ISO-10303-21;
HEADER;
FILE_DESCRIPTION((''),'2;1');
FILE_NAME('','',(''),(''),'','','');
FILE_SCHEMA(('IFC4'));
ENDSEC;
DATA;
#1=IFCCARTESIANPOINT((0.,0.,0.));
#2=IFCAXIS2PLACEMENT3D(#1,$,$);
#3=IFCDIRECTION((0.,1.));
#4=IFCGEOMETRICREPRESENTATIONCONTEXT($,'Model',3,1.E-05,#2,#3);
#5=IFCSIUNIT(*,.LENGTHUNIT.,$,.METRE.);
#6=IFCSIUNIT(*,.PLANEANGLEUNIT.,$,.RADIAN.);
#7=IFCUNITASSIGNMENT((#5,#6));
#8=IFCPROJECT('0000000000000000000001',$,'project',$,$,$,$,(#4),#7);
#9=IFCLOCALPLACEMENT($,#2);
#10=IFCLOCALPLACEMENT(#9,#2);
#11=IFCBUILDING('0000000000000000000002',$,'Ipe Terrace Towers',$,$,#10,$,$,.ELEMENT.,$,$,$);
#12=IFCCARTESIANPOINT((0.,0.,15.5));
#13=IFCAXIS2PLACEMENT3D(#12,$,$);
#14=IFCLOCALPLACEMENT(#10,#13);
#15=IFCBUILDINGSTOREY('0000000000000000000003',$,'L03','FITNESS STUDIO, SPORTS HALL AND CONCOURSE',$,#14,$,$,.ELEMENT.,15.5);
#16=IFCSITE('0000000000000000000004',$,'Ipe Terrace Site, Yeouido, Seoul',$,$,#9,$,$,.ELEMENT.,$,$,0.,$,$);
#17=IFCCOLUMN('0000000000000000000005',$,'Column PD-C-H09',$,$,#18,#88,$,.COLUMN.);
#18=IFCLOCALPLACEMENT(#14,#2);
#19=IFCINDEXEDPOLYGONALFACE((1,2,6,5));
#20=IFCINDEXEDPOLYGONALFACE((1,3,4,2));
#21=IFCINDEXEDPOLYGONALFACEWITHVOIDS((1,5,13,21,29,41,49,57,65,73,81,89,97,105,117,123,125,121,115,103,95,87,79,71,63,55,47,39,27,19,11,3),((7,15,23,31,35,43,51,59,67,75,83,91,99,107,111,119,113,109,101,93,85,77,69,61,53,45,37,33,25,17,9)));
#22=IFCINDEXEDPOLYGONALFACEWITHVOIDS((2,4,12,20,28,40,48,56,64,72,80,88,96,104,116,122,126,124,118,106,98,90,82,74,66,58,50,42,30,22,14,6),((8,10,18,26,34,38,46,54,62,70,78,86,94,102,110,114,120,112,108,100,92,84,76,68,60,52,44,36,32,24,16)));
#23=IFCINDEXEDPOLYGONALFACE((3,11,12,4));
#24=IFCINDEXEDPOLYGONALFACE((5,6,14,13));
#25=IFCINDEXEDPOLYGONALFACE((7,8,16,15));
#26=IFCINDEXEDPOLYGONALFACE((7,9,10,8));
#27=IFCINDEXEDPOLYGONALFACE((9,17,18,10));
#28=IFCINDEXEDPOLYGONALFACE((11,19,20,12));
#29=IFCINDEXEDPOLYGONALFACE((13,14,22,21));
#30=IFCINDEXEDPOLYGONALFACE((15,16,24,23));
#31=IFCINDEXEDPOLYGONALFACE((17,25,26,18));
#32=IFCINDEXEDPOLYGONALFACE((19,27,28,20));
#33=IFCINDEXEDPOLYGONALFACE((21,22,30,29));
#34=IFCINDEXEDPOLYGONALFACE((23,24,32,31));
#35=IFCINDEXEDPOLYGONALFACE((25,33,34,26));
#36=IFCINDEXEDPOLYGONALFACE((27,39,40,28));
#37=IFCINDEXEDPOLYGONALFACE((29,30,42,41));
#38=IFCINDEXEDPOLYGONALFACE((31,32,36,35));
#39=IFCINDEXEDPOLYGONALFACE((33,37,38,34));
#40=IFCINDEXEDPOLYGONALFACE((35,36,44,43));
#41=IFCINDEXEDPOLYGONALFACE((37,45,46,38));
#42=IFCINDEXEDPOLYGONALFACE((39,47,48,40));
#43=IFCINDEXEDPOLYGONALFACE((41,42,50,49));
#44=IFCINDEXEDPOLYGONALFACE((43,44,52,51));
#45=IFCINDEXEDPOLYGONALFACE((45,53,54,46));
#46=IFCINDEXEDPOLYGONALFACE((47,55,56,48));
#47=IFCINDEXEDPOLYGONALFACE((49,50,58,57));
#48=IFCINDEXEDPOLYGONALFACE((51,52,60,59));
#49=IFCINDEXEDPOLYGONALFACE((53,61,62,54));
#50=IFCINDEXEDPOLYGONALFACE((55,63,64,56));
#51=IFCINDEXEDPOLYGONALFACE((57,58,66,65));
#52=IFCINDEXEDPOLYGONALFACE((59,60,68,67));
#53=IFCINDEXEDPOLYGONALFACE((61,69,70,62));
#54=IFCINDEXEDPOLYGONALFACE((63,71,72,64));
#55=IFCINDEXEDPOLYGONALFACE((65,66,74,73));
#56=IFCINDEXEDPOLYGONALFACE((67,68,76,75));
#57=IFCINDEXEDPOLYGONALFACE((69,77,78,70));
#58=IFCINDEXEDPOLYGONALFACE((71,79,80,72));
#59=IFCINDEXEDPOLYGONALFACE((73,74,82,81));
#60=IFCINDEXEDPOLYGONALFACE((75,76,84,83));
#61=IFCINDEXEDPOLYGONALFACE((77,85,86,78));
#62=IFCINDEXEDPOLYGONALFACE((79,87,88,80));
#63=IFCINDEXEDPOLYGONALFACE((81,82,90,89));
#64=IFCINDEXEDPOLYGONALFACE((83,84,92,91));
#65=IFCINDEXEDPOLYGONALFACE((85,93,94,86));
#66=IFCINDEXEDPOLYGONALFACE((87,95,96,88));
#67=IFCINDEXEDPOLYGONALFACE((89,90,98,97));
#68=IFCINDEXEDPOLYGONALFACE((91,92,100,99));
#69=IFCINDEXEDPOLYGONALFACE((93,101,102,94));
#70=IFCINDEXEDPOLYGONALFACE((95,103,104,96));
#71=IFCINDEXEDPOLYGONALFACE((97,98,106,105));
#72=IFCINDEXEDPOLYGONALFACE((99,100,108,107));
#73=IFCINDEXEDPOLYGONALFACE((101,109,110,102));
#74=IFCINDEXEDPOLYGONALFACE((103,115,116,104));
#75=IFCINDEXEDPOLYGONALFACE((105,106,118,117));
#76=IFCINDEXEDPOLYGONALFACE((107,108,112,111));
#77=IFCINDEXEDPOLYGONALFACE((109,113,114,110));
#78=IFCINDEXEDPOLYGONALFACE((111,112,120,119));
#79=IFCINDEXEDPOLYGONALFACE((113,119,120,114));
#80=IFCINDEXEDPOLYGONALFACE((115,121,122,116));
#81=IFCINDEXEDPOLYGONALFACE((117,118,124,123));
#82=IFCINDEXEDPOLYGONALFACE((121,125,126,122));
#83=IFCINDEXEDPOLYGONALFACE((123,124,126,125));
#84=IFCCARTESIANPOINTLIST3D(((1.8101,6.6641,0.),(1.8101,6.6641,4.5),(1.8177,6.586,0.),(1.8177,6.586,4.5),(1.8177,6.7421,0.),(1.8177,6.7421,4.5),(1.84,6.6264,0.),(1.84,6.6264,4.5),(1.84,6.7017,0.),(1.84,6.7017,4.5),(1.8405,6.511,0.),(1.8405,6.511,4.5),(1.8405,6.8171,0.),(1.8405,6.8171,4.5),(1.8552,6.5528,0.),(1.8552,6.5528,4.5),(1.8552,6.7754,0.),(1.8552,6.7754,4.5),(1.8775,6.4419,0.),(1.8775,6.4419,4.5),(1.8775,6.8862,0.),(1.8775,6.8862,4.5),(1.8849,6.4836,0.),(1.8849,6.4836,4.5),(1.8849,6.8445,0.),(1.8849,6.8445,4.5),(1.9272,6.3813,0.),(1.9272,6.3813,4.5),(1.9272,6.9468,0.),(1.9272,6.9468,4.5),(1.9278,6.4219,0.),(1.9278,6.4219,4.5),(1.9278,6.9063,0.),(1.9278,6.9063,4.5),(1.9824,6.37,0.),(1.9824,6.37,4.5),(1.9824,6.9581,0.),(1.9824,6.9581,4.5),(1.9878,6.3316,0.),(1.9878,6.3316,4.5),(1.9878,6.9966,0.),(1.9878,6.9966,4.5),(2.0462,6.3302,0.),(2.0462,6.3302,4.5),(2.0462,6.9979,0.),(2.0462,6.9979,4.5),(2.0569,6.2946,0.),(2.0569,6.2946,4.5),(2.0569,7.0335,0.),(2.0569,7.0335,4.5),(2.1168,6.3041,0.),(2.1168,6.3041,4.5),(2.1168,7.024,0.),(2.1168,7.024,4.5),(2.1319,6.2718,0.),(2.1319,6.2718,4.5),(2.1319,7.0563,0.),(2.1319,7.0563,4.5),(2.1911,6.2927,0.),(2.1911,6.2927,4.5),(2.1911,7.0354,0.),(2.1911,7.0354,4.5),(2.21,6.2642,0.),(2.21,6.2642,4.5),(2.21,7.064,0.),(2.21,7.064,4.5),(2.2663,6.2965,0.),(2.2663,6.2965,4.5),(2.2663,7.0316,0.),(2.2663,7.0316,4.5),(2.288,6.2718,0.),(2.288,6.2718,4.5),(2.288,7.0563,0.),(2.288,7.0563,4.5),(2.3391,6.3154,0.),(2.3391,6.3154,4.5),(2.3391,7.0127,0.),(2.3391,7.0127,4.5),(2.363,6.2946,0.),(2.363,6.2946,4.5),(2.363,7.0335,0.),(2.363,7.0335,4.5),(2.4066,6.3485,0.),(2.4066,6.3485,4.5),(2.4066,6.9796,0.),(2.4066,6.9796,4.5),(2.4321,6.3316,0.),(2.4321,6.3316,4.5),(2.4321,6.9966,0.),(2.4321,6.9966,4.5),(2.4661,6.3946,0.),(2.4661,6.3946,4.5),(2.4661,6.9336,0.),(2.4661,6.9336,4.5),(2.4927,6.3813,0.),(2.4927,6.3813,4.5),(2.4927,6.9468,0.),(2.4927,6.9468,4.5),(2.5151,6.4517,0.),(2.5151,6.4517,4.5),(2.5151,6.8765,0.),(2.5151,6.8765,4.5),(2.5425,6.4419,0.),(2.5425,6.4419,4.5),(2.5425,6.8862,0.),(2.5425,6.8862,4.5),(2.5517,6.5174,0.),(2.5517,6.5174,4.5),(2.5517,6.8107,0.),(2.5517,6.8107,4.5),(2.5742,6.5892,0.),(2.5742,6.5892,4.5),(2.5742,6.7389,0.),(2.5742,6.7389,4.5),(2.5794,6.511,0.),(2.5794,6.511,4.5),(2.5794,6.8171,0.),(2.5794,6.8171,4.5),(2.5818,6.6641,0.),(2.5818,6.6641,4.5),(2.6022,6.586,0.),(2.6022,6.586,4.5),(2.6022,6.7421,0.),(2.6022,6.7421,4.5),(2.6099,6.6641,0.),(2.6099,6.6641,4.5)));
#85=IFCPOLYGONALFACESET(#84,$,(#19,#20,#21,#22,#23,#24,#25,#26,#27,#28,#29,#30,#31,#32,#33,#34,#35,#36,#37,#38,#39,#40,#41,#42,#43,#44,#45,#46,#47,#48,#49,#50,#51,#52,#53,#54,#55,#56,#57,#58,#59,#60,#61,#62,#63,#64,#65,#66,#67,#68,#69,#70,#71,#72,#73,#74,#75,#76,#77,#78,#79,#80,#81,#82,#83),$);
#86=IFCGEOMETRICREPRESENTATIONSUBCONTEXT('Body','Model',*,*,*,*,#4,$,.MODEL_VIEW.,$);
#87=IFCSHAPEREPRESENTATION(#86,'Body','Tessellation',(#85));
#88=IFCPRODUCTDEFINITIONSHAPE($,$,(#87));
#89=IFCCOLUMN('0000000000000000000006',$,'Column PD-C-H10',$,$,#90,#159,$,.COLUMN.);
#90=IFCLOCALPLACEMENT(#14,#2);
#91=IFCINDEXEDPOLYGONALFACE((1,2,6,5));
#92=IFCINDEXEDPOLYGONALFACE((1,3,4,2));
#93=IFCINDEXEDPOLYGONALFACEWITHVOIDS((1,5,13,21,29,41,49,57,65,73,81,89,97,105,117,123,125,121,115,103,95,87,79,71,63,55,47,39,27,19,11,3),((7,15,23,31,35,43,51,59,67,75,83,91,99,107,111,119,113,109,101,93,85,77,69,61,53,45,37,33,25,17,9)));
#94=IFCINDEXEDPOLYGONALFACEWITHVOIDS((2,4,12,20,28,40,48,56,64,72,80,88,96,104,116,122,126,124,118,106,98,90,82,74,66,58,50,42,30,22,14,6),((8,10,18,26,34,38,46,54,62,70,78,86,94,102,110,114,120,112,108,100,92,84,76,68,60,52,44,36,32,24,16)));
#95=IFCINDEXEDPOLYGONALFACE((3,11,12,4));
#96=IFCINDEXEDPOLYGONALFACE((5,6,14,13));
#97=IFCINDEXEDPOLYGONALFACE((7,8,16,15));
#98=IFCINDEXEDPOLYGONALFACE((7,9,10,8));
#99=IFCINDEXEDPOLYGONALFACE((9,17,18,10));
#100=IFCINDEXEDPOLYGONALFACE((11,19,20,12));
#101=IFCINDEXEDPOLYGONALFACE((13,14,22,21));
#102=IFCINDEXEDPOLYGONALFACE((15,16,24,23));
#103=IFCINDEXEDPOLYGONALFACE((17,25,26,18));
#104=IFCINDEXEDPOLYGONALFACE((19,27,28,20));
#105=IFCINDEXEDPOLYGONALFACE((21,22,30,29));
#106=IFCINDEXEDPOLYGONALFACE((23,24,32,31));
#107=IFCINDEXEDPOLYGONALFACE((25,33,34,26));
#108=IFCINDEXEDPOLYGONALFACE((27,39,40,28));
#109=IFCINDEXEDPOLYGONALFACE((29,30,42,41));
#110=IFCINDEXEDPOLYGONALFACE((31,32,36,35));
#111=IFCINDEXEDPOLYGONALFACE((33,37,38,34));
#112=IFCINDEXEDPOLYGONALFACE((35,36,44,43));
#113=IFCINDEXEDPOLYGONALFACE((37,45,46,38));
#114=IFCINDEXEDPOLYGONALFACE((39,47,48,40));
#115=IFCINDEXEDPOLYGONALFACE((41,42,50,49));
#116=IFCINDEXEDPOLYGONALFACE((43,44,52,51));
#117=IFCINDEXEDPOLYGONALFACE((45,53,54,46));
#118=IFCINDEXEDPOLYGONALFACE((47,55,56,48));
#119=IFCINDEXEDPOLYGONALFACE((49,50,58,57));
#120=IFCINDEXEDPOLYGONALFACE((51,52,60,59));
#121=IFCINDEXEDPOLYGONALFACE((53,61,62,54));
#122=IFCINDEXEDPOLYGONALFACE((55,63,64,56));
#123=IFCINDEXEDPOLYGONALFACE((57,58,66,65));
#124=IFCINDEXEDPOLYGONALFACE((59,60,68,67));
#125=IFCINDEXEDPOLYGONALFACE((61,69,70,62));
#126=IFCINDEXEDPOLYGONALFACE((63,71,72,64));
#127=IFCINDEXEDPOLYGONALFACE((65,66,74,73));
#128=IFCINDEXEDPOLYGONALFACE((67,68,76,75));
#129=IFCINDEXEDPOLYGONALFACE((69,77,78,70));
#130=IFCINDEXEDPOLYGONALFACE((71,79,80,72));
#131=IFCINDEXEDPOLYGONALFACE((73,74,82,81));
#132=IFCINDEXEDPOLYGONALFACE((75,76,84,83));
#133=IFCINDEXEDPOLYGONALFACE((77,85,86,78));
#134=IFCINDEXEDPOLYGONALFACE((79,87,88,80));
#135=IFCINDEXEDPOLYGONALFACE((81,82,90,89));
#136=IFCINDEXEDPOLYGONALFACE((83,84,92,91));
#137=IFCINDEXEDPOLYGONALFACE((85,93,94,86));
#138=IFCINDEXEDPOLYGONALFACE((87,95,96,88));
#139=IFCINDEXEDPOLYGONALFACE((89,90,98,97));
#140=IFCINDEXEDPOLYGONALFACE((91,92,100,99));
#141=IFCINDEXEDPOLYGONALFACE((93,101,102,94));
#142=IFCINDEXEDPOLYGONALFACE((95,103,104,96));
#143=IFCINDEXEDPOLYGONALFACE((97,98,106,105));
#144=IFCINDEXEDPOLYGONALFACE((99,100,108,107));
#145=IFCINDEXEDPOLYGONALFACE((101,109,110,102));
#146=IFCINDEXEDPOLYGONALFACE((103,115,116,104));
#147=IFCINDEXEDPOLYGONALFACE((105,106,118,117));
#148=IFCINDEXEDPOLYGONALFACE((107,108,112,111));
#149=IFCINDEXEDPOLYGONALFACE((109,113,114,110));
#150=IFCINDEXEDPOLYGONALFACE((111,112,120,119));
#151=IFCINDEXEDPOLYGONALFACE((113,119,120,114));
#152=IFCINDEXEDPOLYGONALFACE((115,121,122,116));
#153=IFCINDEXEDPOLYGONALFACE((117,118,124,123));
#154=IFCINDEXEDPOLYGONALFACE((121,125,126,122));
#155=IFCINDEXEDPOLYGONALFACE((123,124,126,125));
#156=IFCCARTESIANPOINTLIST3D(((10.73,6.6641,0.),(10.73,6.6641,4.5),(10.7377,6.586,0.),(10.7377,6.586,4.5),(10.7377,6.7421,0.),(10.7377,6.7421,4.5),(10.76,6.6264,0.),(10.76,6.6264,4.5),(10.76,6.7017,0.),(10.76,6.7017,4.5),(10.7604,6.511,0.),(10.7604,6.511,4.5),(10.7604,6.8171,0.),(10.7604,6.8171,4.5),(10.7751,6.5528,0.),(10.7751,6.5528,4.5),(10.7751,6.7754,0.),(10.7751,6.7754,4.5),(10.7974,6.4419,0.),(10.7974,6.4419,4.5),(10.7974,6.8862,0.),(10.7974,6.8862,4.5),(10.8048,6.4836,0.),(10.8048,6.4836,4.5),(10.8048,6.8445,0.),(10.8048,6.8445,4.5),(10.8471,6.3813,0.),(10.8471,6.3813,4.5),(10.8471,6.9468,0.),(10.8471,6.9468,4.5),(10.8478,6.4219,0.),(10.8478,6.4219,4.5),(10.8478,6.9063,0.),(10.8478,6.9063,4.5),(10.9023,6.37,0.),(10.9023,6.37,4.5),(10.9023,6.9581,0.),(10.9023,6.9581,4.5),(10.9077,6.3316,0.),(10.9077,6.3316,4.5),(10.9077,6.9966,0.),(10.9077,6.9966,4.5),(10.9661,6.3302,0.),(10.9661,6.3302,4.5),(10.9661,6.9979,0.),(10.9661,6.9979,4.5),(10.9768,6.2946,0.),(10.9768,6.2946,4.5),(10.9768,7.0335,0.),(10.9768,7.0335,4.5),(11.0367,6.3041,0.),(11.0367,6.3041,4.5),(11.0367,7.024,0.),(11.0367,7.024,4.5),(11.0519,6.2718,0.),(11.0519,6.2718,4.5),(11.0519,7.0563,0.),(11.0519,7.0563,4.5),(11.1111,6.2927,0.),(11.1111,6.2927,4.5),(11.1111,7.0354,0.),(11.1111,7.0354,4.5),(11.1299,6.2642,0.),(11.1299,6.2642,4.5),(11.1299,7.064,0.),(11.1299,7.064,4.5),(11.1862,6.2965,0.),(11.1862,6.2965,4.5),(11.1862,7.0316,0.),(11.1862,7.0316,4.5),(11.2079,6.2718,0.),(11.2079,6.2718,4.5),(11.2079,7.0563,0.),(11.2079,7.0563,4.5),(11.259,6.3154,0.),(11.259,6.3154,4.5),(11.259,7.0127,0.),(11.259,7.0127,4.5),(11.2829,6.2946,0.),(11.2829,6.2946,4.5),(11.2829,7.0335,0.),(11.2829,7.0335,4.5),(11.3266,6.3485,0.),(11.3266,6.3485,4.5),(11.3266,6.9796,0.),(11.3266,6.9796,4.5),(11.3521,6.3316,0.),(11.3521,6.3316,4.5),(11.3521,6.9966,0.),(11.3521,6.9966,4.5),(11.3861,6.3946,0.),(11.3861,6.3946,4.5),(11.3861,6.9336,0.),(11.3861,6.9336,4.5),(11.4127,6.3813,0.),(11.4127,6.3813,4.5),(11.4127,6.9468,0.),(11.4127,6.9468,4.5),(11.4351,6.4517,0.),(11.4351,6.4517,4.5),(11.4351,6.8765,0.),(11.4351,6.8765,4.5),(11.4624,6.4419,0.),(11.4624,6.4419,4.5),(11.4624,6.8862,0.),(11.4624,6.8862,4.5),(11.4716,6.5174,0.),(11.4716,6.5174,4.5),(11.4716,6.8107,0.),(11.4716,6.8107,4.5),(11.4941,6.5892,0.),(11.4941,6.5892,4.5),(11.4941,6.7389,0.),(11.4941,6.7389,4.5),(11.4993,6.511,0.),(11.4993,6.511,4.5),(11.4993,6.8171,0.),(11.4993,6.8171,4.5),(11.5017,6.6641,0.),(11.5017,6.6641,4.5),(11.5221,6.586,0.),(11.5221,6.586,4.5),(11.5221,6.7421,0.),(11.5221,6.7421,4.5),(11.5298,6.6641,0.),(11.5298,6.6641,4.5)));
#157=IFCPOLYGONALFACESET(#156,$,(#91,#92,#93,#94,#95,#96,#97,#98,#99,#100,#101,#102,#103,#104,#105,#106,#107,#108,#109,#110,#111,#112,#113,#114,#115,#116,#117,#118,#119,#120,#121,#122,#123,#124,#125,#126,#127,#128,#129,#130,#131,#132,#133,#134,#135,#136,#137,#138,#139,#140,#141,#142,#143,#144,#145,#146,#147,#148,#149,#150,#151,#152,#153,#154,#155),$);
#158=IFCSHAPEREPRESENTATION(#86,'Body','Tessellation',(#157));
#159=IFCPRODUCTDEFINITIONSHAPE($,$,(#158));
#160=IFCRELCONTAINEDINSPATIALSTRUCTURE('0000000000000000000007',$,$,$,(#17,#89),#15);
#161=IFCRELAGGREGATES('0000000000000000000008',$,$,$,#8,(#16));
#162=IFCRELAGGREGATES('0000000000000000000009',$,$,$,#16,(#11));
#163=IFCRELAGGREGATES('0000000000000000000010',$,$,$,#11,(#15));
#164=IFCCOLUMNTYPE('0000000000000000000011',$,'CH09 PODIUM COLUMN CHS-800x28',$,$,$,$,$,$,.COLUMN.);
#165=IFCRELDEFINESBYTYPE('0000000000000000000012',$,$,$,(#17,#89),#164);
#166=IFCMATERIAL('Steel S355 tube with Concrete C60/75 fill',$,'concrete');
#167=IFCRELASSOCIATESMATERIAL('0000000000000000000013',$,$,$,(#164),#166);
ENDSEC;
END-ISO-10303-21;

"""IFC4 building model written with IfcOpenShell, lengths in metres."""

from ifc_helpers import new_model, si_unit, direction, frame, origin, origin_2d, place, context, subcontext, project, spatial, hollow_circle, extrude, material, material_profile, profile_set, type_object, element, save


model = new_model("IFC4")

# Units and contexts
model_context = context("Model", 3, precision=1e-05, world=origin(), true_north=direction((0.0, 1.0)))
body_context = subcontext(model_context, "Body", "Model", "MODEL_VIEW")
ifc_project = project(units=[si_unit("LENGTHUNIT", "METRE"), si_unit("PLANEANGLEUNIT", "RADIAN")], contexts=[model_context])

# Site, building, storey
site_placement = place(None, origin())
site = spatial("IfcSite", under=ifc_project, at=site_placement, Name="Ipe Terrace Site, Yeouido, Seoul", CompositionType="ELEMENT", RefElevation=0.0)
building_placement = place(site_placement, origin())
building = spatial("IfcBuilding", under=site, at=building_placement, Name="Ipe Terrace Towers", CompositionType="ELEMENT")
storey_placement = place(building_placement, frame((0.0, 0.0, 15.5)))
storey = spatial("IfcBuildingStorey", under=building, at=storey_placement, Name="L03", Description="FITNESS STUDIO, SPORTS HALL AND CONCOURSE", CompositionType="ELEMENT", Elevation=15.5)

# Columns
ifc_material_1 = material(Name="Steel S355 tube with Concrete C60/75 fill", Category="concrete")
ifc_material_profile_1 = material_profile(ifc_material_1, hollow_circle(Radius=0.3999, WallThickness=0.0281, at=origin_2d()), Name="CHS-800x28")
ifc_profile_set_1 = profile_set([ifc_material_profile_1], Name="Steel S355 tube with Concrete C60/75 fill")
column_type_1 = type_object("IfcColumnType", Name="CH09 PODIUM COLUMN CHS-800x28", PredefinedType="COLUMN", material=ifc_profile_set_1)
for number, where, z_axis, x_axis, name in (
    (1, (2.21, 6.6641, 0.0), (0.0, 0.0, 1.0), (1.0, 0.0, 0.0), "Column PD-C-H09"),
    (2, (11.1299, 6.6641, 0.0), (0.0, 0.0, 1.0), (1.0, 0.0, 0.0), "Column PD-C-H10"),
):
    element("IfcColumn", number, at=place(storey_placement, frame(where, z_axis=z_axis, x_axis=x_axis)), inside=storey, type_object=column_type_1, Name=name, PredefinedType="COLUMN", context=body_context, shape_type="SweptSolid", body=[
        extrude(hollow_circle(Radius=0.3999, WallThickness=0.0281, at=origin_2d()), origin(), (0.0, 0.0, 1.0), 4.5),
    ])

save(model, "model.ifc")
